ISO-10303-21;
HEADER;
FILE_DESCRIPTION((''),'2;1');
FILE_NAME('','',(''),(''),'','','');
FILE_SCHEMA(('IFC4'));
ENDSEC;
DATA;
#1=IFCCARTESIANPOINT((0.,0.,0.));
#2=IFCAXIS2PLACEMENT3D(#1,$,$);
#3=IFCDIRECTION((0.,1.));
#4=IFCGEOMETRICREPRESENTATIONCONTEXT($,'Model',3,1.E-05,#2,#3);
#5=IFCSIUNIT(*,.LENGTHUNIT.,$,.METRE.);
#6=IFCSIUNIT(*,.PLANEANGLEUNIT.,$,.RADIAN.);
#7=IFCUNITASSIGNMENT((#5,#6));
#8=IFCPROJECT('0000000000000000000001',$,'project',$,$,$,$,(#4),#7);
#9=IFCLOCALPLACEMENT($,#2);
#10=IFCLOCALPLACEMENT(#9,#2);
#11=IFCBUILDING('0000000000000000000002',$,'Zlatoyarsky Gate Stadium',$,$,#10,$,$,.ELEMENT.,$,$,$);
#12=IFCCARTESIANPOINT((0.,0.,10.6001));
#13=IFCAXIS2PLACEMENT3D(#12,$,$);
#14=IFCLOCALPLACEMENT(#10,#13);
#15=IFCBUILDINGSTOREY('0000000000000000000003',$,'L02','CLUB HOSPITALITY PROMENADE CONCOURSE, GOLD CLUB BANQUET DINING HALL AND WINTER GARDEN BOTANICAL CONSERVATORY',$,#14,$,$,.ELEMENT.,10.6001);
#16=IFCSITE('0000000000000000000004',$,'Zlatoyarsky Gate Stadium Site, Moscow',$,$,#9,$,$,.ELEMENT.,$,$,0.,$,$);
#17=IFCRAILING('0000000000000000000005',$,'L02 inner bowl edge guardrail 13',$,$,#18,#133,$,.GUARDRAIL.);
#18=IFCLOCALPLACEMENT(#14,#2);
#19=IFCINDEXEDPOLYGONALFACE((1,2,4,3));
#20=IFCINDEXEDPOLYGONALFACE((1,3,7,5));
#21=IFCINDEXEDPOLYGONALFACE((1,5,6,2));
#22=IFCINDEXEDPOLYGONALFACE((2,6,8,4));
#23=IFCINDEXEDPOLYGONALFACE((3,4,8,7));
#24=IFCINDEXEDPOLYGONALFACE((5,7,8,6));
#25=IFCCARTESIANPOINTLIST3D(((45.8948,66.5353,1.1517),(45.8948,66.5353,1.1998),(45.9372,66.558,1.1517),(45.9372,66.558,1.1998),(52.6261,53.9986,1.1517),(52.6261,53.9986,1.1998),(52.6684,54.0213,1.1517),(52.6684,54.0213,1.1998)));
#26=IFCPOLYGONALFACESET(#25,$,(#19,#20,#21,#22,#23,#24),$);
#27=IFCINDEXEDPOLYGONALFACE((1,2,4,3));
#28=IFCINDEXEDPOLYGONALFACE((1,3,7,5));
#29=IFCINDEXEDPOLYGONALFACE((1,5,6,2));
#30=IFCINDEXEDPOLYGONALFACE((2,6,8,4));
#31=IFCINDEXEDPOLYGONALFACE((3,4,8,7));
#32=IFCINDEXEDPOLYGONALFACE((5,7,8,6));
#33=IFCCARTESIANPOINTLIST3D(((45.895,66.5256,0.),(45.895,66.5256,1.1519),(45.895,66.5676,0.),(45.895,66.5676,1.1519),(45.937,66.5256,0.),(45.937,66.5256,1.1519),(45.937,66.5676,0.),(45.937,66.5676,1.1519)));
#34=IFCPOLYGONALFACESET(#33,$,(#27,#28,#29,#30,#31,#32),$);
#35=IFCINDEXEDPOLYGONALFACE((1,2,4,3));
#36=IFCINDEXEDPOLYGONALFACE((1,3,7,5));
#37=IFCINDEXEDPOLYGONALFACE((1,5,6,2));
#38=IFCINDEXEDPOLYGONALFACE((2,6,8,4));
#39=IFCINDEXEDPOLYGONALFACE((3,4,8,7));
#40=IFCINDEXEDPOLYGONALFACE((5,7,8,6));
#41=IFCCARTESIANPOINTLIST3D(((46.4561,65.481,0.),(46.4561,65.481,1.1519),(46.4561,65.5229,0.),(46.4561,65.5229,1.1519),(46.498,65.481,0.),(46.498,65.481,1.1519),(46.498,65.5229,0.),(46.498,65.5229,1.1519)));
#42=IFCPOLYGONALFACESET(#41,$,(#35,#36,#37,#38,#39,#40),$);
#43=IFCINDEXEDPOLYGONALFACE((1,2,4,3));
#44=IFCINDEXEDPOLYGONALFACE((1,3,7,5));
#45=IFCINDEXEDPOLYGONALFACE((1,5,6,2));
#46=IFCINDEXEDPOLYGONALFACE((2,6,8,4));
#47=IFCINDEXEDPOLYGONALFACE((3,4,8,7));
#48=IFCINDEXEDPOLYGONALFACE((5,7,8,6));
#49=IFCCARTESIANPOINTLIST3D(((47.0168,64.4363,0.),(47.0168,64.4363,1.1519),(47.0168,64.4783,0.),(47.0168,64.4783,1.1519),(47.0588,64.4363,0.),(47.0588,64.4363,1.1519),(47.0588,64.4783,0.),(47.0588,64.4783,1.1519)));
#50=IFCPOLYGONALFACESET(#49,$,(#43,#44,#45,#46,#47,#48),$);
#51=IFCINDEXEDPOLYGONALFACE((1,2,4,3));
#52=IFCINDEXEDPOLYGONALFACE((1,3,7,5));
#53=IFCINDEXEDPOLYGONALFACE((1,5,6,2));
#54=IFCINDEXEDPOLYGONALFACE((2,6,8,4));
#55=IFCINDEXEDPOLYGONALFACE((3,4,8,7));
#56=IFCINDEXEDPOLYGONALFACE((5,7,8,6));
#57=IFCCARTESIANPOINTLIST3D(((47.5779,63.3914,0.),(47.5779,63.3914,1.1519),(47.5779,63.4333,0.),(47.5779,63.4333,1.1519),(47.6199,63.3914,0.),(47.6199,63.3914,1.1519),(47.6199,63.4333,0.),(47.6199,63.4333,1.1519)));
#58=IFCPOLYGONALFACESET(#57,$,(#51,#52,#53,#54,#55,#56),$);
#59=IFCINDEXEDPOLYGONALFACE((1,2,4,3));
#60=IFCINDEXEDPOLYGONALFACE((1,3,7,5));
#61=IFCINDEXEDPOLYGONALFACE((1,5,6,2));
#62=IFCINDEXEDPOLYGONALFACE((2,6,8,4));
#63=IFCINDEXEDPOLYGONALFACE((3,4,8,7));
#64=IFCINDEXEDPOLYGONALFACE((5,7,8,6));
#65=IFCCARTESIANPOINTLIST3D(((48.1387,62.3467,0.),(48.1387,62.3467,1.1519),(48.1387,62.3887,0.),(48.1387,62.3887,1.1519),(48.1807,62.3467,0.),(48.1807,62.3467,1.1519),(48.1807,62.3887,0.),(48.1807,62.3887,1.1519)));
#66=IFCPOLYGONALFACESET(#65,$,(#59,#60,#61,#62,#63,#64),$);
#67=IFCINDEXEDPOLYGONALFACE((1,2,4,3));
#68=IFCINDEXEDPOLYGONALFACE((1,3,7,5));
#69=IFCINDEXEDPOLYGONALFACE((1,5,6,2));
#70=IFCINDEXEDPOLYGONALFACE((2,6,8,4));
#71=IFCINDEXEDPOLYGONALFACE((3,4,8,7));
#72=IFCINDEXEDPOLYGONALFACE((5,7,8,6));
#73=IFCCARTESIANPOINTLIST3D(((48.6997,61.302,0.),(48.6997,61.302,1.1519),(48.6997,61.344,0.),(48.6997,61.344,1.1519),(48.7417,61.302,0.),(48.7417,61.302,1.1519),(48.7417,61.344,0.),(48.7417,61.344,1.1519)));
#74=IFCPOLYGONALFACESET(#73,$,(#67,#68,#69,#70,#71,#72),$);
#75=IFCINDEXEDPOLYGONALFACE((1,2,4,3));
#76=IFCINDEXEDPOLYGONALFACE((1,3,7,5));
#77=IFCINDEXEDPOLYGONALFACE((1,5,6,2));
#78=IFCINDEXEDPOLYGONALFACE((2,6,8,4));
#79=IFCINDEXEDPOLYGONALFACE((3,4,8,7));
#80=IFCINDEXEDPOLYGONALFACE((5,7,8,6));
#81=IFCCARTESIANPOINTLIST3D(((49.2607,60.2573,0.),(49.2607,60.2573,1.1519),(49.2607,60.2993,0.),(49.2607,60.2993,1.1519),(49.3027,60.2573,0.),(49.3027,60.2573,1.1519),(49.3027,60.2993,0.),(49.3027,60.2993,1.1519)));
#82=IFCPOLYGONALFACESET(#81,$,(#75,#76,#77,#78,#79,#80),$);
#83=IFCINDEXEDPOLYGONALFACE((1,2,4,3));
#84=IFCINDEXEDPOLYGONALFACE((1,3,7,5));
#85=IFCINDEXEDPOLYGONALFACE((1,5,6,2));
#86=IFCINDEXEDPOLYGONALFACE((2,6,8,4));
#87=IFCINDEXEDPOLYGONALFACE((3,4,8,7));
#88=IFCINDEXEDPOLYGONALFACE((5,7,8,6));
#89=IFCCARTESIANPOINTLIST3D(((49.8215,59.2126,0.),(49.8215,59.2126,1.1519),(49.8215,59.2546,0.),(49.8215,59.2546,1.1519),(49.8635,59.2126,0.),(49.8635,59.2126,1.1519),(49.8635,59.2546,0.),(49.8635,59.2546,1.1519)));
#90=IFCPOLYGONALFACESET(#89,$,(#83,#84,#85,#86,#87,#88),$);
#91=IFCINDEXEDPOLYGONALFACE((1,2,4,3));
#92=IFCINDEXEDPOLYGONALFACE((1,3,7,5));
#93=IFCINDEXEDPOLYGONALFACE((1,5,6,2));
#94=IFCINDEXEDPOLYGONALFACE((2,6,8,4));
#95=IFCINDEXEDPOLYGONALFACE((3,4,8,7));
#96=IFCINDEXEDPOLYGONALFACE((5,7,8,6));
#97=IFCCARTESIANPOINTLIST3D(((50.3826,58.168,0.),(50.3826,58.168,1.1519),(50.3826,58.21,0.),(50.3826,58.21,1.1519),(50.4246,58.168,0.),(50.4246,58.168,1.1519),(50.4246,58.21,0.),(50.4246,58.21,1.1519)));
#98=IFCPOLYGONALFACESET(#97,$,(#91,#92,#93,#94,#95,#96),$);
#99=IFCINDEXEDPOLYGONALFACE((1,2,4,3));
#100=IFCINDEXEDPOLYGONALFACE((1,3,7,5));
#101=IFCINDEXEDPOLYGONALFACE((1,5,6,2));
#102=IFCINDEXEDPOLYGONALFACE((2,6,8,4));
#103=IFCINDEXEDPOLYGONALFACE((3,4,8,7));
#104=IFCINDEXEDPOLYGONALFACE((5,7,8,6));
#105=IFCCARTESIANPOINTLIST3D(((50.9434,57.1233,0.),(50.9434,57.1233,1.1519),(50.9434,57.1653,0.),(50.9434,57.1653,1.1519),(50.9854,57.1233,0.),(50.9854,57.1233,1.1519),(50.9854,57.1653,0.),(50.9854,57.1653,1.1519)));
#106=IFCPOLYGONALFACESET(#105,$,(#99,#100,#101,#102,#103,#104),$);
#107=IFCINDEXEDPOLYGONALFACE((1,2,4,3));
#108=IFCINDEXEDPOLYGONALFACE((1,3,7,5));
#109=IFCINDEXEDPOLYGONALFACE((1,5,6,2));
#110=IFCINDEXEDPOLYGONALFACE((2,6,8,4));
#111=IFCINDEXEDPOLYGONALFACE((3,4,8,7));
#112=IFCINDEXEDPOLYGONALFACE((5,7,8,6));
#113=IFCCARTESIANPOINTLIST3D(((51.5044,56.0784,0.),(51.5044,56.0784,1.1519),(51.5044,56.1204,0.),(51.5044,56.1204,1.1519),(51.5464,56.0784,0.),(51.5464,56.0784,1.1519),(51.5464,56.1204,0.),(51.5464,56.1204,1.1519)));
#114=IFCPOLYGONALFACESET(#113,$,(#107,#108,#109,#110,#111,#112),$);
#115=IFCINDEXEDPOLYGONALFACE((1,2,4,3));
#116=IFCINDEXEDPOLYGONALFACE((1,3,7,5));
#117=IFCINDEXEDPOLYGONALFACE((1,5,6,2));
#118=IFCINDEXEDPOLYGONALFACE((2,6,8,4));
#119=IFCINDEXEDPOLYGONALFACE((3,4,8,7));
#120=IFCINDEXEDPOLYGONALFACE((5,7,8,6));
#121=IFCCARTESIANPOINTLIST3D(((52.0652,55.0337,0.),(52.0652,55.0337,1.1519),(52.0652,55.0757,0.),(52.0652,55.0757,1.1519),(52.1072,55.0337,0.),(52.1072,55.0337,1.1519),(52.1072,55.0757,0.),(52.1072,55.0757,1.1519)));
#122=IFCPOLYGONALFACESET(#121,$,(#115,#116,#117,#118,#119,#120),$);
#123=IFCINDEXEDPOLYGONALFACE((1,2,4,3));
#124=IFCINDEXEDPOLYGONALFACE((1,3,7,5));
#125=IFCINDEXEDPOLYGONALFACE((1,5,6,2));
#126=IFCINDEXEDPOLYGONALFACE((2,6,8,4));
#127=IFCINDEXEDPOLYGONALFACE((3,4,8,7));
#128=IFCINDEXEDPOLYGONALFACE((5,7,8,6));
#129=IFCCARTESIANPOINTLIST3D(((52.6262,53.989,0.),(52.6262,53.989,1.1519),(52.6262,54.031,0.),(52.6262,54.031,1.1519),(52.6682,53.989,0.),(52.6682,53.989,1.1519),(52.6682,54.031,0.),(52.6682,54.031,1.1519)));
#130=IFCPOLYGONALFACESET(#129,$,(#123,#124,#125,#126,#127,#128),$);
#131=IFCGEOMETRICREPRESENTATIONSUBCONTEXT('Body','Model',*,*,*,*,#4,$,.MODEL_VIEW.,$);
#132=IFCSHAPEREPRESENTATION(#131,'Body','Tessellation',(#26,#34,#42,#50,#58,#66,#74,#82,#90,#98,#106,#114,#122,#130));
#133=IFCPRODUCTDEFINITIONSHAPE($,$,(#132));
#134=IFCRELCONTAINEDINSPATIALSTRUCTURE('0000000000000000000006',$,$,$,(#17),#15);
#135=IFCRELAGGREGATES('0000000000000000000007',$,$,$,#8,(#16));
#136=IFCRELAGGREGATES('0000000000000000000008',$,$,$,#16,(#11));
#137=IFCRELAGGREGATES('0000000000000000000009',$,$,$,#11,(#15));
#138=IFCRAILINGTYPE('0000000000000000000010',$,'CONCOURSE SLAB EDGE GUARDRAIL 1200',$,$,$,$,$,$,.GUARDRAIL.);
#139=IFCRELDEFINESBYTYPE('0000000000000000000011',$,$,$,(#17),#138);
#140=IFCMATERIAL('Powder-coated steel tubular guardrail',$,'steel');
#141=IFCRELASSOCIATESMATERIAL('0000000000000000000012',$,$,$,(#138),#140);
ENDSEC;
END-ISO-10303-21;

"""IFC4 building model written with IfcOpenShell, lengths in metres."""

from ifc_helpers import new_model, si_unit, direction, frame, origin, origin_2d, place, context, subcontext, project, spatial, rectangle, extrude, material, type_object, element, save


model = new_model("IFC4")

# Units and contexts
model_context = context("Model", 3, precision=1e-05, world=origin(), true_north=direction((0.0, 1.0)))
body_context = subcontext(model_context, "Body", "Model", "MODEL_VIEW")
ifc_project = project(units=[si_unit("LENGTHUNIT", "METRE"), si_unit("PLANEANGLEUNIT", "RADIAN")], contexts=[model_context])

# Site, building, storey
site_placement = place(None, origin())
site = spatial("IfcSite", under=ifc_project, at=site_placement, Name="Zlatoyarsky Gate Stadium Site, Moscow", CompositionType="ELEMENT", RefElevation=0.0)
building_placement = place(site_placement, origin())
building = spatial("IfcBuilding", under=site, at=building_placement, Name="Zlatoyarsky Gate Stadium", CompositionType="ELEMENT")
storey_placement = place(building_placement, frame((0.0, 0.0, 10.6001)))
storey = spatial("IfcBuildingStorey", under=building, at=storey_placement, Name="L02", Description="CLUB HOSPITALITY PROMENADE CONCOURSE, GOLD CLUB BANQUET DINING HALL AND WINTER GARDEN BOTANICAL CONSERVATORY", CompositionType="ELEMENT", Elevation=10.6001)

# Railing
ifc_material_1 = material(Name="Powder-coated steel tubular guardrail", Category="steel")
railing_type_1 = type_object("IfcRailingType", Name="CONCOURSE SLAB EDGE GUARDRAIL 1200", PredefinedType="GUARDRAIL", material=ifc_material_1)
railing_1_placement = place(storey_placement, frame((45.916, 66.5466, 0.0)))
element("IfcRailing", 1, at=railing_1_placement, inside=storey, type_object=railing_type_1, Name="L02 inner bowl edge guardrail 13", PredefinedType="GUARDRAIL", context=body_context, shape_type="SweptSolid", body=[
    extrude(rectangle(XDim=0.0481, YDim=0.0481, at=origin_2d()), frame((0.0, 0.0, 1.1758), z_axis=(0.473049, -0.881036, 0.0), x_axis=(0.881036, 0.473049, 0.0)), (0.0, 0.0, 1.0), 14.2295),
    extrude(rectangle(XDim=0.042, YDim=0.042, at=origin_2d()), origin(), (0.0, 0.0, 1.0), 1.1519),
    extrude(rectangle(XDim=0.042, YDim=0.042, at=origin_2d()), frame((0.561, -1.0447, 0.0)), (0.0, 0.0, 1.0), 1.1519),
    extrude(rectangle(XDim=0.042, YDim=0.042, at=origin_2d()), frame((1.1218, -2.0894, 0.0)), (0.0, 0.0, 1.0), 1.1519),
    extrude(rectangle(XDim=0.042, YDim=0.042, at=origin_2d()), frame((1.6829, -3.1343, 0.0)), (0.0, 0.0, 1.0), 1.1519),
    extrude(rectangle(XDim=0.042, YDim=0.042, at=origin_2d()), frame((2.2437, -4.179, 0.0)), (0.0, 0.0, 1.0), 1.1519),
    extrude(rectangle(XDim=0.042, YDim=0.042, at=origin_2d()), frame((2.8047, -5.2236, 0.0)), (0.0, 0.0, 1.0), 1.1519),
    extrude(rectangle(XDim=0.042, YDim=0.042, at=origin_2d()), frame((3.3657, -6.2683, 0.0)), (0.0, 0.0, 1.0), 1.1519),
    extrude(rectangle(XDim=0.042, YDim=0.042, at=origin_2d()), frame((3.9265, -7.313, 0.0)), (0.0, 0.0, 1.0), 1.1519),
    extrude(rectangle(XDim=0.042, YDim=0.042, at=origin_2d()), frame((4.4875, -8.3577, 0.0)), (0.0, 0.0, 1.0), 1.1519),
    extrude(rectangle(XDim=0.042, YDim=0.042, at=origin_2d()), frame((5.0483, -9.4023, 0.0)), (0.0, 0.0, 1.0), 1.1519),
    extrude(rectangle(XDim=0.042, YDim=0.042, at=origin_2d()), frame((5.6094, -10.4473, 0.0)), (0.0, 0.0, 1.0), 1.1519),
    extrude(rectangle(XDim=0.042, YDim=0.042, at=origin_2d()), frame((6.1702, -11.4919, 0.0)), (0.0, 0.0, 1.0), 1.1519),
    extrude(rectangle(XDim=0.042, YDim=0.042, at=origin_2d()), frame((6.7312, -12.5366, 0.0)), (0.0, 0.0, 1.0), 1.1519),
])

save(model, "model.ifc")
